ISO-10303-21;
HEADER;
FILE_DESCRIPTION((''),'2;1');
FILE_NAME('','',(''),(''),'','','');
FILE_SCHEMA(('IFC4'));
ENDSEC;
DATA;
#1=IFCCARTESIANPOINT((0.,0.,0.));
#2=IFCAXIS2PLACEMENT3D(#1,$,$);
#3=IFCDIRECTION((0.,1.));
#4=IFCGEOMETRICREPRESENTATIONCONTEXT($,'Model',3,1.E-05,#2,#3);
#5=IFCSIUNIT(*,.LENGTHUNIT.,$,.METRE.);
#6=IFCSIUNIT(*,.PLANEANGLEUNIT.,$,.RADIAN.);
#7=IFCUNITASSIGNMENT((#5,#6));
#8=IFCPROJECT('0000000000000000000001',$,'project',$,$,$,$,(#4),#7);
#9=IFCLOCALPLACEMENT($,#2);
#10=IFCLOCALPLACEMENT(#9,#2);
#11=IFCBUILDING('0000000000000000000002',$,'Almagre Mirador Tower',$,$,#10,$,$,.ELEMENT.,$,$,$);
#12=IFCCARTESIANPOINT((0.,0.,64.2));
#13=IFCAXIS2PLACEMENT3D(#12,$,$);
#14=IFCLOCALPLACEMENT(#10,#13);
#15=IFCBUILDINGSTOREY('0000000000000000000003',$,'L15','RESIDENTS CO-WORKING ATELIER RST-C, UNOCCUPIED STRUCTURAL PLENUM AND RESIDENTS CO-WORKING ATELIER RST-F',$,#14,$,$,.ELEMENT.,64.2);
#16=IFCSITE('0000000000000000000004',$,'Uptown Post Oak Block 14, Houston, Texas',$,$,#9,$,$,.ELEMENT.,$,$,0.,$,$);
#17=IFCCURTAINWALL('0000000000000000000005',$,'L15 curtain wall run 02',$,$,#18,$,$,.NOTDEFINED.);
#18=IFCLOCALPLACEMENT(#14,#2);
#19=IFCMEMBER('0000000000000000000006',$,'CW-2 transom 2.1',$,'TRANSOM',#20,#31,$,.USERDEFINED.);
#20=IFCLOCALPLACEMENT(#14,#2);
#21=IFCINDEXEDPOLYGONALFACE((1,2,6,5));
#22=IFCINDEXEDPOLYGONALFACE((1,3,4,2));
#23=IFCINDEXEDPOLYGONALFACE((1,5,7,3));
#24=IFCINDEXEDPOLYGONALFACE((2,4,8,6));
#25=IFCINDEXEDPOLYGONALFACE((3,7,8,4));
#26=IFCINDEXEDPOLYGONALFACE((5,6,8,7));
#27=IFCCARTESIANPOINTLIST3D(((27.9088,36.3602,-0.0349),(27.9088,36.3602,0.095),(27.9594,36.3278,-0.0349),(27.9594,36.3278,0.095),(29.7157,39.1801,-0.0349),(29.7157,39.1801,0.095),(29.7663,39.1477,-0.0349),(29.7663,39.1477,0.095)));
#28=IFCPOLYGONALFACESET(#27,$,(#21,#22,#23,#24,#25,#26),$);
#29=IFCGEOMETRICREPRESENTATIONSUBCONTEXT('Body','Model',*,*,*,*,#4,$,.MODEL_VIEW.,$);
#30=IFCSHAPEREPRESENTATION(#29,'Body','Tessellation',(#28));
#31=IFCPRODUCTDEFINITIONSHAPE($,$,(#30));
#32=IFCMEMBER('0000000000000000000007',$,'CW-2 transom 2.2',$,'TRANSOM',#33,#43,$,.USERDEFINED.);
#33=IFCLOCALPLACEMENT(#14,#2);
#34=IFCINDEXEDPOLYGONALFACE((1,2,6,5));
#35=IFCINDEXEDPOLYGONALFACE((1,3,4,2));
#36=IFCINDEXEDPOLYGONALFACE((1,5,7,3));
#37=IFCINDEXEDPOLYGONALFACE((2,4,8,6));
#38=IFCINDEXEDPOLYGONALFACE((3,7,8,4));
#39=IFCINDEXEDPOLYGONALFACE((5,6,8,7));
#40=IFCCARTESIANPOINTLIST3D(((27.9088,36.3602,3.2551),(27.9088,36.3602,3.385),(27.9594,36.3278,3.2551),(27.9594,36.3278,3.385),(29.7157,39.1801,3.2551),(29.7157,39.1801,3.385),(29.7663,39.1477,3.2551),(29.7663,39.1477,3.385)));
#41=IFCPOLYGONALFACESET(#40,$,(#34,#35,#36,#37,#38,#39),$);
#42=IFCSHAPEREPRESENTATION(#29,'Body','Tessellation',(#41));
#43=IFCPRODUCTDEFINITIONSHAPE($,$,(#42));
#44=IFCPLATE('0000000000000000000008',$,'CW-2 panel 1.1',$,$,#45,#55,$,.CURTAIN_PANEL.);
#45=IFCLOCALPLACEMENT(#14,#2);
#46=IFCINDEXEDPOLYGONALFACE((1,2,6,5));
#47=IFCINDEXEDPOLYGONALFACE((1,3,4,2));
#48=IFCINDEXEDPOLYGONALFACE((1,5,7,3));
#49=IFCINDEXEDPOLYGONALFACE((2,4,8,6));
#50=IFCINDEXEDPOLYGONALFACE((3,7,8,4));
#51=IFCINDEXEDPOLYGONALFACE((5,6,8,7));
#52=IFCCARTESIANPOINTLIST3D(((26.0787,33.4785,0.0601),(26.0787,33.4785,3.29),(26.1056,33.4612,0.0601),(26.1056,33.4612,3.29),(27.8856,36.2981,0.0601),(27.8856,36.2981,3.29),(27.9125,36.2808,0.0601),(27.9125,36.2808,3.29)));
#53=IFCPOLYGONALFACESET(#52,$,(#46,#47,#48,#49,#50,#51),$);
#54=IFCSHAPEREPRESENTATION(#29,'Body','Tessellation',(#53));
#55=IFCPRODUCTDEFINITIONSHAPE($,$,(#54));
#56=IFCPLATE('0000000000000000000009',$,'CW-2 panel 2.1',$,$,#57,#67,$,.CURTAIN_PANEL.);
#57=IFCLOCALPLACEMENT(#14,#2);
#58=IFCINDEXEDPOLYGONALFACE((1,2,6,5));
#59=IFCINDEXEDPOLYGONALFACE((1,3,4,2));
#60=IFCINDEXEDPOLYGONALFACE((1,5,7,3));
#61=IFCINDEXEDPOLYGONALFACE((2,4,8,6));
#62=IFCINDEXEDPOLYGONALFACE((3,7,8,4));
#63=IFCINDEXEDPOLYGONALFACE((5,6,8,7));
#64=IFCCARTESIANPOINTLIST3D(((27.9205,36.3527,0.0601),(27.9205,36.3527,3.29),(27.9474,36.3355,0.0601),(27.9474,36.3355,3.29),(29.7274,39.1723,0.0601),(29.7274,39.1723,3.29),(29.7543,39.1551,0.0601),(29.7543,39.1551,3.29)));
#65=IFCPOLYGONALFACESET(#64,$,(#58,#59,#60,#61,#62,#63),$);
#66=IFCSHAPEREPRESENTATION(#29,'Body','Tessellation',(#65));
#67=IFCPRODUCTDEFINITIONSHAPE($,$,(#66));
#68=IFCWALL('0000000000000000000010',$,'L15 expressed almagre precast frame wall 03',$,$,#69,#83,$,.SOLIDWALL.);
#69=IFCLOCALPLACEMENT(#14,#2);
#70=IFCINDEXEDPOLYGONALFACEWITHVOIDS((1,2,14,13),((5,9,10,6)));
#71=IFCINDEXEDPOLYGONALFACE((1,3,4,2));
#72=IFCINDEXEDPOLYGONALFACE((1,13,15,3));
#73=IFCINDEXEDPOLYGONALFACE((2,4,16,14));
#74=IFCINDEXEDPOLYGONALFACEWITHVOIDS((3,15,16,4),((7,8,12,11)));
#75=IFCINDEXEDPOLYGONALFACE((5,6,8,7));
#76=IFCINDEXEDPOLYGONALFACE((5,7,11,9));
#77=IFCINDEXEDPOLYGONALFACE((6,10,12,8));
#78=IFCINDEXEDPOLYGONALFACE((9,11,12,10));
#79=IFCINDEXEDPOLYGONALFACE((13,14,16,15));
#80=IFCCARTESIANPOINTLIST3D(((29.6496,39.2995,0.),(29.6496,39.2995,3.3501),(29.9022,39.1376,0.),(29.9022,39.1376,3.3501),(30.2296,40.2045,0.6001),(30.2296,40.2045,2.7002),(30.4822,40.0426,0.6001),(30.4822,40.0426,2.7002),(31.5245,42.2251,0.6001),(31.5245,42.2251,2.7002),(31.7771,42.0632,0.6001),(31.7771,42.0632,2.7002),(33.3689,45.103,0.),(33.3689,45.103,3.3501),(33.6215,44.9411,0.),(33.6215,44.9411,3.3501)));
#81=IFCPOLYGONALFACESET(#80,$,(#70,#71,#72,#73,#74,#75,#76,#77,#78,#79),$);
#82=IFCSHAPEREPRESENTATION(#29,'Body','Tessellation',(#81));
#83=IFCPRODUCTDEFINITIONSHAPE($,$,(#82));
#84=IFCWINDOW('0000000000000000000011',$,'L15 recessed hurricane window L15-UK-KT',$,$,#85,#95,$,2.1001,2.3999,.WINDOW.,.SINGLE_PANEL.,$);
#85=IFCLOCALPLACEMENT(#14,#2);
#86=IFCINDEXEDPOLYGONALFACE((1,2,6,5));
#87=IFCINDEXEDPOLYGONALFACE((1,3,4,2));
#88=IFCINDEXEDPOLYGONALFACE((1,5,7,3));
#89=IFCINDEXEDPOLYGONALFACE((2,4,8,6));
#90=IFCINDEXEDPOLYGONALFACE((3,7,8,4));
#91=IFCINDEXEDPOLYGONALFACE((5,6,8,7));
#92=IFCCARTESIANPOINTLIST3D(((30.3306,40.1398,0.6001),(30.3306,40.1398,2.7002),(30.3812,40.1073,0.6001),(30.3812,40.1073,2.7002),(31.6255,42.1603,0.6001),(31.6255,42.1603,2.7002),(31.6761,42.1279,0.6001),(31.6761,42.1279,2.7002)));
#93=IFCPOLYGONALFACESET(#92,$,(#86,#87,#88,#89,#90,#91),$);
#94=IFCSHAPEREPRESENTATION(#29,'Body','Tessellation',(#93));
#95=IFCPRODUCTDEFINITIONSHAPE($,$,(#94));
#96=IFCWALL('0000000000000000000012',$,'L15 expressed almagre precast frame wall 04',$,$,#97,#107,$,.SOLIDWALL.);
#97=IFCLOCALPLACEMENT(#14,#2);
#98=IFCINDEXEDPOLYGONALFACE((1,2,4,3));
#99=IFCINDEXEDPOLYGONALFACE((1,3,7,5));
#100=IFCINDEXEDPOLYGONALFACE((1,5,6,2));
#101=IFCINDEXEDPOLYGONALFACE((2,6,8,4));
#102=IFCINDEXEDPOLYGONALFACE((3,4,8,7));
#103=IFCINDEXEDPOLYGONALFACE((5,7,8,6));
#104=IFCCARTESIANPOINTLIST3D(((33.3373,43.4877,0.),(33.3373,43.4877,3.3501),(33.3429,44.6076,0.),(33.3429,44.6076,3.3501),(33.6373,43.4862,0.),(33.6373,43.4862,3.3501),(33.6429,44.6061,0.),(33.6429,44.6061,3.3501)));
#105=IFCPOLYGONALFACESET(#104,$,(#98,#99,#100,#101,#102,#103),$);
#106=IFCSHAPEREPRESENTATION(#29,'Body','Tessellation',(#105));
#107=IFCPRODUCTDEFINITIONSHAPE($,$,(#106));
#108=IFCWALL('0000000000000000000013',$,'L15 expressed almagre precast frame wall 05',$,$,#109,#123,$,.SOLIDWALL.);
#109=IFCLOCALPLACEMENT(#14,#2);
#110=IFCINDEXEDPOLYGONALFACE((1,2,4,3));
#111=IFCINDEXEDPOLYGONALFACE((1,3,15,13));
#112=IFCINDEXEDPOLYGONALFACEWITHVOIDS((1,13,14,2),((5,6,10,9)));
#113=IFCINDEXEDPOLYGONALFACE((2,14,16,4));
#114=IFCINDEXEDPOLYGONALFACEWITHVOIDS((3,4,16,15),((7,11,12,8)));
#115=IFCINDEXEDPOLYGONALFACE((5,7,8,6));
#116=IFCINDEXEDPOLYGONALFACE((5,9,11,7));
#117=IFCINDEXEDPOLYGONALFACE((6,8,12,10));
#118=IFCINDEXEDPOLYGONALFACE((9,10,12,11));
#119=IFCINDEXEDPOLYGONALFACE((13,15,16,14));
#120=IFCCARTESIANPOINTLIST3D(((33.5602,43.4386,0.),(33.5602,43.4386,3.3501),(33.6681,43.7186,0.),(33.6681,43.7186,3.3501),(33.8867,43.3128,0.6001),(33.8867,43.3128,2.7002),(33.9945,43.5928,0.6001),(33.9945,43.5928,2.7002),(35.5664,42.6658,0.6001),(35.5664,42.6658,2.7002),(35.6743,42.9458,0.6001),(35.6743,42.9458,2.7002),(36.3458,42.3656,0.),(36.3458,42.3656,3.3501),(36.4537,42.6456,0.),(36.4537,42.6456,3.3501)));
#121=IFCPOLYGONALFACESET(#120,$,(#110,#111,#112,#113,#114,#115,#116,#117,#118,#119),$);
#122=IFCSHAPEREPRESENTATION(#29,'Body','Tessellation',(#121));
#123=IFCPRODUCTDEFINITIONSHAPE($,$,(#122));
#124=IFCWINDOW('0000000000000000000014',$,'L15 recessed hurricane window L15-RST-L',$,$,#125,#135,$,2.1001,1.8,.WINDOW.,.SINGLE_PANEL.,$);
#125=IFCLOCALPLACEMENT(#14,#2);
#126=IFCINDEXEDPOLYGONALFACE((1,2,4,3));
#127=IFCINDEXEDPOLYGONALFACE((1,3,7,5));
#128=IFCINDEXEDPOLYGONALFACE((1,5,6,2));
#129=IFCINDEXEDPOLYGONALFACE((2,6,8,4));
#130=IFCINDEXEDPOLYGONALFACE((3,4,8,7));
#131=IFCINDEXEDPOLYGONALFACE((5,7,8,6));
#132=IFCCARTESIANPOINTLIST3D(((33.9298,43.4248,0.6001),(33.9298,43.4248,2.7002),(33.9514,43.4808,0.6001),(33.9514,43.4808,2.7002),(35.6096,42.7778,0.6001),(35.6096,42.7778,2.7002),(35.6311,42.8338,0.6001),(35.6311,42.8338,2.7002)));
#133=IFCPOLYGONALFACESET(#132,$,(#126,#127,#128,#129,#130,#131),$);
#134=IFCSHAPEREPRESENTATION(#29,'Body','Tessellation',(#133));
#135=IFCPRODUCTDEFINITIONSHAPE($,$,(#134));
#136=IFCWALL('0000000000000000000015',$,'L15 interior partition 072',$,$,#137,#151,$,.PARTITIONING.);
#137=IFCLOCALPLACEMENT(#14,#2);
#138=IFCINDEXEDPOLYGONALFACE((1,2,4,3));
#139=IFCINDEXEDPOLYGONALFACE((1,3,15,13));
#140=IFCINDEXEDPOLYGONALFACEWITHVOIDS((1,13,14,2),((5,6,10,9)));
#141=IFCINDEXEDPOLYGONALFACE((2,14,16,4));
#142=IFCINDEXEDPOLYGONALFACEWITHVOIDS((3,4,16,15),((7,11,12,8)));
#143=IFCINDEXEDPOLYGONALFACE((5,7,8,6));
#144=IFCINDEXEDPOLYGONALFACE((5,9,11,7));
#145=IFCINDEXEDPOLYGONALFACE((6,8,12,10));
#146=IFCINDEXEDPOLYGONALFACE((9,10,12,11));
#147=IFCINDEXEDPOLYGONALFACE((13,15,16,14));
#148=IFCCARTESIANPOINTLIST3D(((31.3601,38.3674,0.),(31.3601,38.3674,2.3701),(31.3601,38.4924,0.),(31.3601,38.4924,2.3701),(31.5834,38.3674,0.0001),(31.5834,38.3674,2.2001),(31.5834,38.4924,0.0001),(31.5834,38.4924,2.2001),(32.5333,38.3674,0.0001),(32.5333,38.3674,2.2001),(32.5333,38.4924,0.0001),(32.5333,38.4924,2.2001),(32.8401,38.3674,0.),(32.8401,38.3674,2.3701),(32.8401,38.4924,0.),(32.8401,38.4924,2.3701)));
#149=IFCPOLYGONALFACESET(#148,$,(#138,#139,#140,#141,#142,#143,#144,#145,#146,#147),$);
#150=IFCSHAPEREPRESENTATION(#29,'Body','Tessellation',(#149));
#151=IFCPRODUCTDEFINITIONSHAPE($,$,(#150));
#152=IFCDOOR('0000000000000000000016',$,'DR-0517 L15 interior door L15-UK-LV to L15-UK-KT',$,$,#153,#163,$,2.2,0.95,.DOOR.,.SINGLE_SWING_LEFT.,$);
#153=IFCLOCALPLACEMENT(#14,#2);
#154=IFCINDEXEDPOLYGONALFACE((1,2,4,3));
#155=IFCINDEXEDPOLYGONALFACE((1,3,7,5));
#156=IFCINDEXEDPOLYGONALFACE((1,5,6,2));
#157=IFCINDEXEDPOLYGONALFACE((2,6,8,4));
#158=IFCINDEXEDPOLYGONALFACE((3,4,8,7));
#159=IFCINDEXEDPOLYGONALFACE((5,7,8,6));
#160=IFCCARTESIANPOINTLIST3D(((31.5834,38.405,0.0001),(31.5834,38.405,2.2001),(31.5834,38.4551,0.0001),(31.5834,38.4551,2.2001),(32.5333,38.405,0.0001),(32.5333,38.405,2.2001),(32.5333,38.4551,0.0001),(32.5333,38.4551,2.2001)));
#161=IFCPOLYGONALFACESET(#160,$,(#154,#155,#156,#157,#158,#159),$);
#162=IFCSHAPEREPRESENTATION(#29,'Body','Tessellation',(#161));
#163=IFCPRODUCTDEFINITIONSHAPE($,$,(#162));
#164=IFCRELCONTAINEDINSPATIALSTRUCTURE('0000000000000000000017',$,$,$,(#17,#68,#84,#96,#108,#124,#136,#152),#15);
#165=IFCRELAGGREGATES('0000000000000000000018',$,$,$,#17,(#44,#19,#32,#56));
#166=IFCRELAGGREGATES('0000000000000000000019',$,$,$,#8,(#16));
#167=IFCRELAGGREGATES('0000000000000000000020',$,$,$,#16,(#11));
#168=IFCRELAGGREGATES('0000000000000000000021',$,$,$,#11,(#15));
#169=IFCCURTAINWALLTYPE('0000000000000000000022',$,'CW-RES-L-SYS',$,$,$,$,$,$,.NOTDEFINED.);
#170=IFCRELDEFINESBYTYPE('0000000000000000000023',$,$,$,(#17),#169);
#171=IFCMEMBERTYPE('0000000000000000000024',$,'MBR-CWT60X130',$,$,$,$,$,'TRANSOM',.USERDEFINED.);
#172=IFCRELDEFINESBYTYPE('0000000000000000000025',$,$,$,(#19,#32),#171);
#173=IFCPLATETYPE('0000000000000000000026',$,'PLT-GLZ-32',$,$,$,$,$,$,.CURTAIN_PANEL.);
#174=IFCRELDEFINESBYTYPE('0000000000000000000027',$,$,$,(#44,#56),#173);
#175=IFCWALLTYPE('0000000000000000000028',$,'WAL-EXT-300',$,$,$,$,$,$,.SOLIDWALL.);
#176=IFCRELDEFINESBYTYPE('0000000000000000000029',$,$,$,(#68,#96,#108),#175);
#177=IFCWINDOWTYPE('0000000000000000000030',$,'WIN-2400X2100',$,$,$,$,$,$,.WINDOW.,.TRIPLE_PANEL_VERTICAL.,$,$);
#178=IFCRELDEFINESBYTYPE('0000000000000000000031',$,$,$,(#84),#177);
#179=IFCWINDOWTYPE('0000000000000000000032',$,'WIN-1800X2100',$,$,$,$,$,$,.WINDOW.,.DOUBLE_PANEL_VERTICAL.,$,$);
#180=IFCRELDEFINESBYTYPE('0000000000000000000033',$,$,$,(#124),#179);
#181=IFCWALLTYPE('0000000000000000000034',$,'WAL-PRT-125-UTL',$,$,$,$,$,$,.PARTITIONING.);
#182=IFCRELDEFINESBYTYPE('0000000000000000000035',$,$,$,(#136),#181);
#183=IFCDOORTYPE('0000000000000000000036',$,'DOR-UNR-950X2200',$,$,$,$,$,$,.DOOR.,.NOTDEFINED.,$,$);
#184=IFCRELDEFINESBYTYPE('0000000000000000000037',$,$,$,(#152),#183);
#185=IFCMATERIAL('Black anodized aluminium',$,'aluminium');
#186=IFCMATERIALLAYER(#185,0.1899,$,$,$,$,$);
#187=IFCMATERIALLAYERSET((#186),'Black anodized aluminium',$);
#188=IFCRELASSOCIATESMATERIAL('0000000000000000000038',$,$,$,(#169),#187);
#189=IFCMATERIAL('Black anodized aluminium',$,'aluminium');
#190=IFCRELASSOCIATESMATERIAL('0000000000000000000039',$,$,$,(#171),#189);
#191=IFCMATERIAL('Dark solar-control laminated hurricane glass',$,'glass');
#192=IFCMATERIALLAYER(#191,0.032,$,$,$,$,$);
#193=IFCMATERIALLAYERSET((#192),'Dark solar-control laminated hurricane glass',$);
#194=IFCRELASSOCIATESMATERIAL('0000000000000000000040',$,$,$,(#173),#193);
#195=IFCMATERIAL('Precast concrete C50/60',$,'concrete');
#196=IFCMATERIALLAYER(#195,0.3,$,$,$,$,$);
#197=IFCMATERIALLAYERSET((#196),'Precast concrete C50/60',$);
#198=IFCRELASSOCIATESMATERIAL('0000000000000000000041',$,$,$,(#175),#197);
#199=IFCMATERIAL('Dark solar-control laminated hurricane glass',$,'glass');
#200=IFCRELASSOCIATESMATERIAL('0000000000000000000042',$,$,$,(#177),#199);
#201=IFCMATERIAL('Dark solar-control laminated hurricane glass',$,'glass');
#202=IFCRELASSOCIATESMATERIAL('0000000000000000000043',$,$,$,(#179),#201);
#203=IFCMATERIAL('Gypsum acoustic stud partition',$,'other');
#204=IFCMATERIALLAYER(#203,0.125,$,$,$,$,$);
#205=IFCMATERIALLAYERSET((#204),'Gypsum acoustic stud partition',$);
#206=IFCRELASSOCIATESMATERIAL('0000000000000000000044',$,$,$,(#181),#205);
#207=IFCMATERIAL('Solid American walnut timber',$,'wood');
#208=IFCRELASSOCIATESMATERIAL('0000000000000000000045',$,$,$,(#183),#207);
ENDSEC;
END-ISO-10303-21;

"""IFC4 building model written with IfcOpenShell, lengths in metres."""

from ifc_helpers import new_model, si_unit, direction, frame, frame_2d, origin, origin_2d, place, context, subcontext, project, spatial, rectangle, extrude, material, layer, layer_set, material_profile, profile_set, type_object, element, fill, aggregate, save


model = new_model("IFC4")

# Units and contexts
model_context = context("Model", 3, precision=1e-05, world=origin(), true_north=direction((0.0, 1.0)))
body_context = subcontext(model_context, "Body", "Model", "MODEL_VIEW")
ifc_project = project(units=[si_unit("LENGTHUNIT", "METRE"), si_unit("PLANEANGLEUNIT", "RADIAN")], contexts=[model_context])

# Site, building, storey
site_placement = place(None, origin())
site = spatial("IfcSite", under=ifc_project, at=site_placement, Name="Uptown Post Oak Block 14, Houston, Texas", CompositionType="ELEMENT", RefElevation=0.0)
building_placement = place(site_placement, origin())
building = spatial("IfcBuilding", under=site, at=building_placement, Name="Almagre Mirador Tower", CompositionType="ELEMENT")
storey_placement = place(building_placement, frame((0.0, 0.0, 64.2)))
storey = spatial("IfcBuildingStorey", under=building, at=storey_placement, Name="L15", Description="RESIDENTS CO-WORKING ATELIER RST-C, UNOCCUPIED STRUCTURAL PLENUM AND RESIDENTS CO-WORKING ATELIER RST-F", CompositionType="ELEMENT", Elevation=64.2)

# Curtain wall, members, plates
ifc_material_1 = material(Name="Black anodized aluminium", Category="aluminium")
ifc_layer_1 = layer(ifc_material_1, 0.1899)
ifc_layer_set_1 = layer_set([ifc_layer_1], Name="Black anodized aluminium")
curtain_wall_type = type_object("IfcCurtainWallType", Name="CW-RES-L-SYS", PredefinedType="NOTDEFINED", material=ifc_layer_set_1)
curtain_wall_placement = place(storey_placement, origin())
curtain_wall = element("IfcCurtainWall", 1, at=curtain_wall_placement, inside=storey, type_object=curtain_wall_type, Name="L15 curtain wall run 02", PredefinedType="NOTDEFINED")
ifc_material_2 = material(Name="Black anodized aluminium", Category="aluminium")
ifc_material_profile_1 = material_profile(ifc_material_2, rectangle(XDim=0.0601, YDim=0.1299, at=origin_2d()), Name="CWT60X130")
ifc_profile_set_1 = profile_set([ifc_material_profile_1], Name="Black anodized aluminium")
member_type_1 = type_object("IfcMemberType", Name="MBR-CWT60X130", ElementType="TRANSOM", PredefinedType="USERDEFINED", material=ifc_profile_set_1)
member_1_placement = place(storey_placement, frame((27.9341, 36.344, 0.03), z_axis=(0.539519, 0.841973, 0.0), x_axis=(-0.841973, 0.539519, 0.0)))
member_1 = element("IfcMember", 2, at=member_1_placement, type_object=member_type_1, Name="CW-2 transom 2.1", ObjectType="TRANSOM", PredefinedType="USERDEFINED", context=body_context, shape_type="SweptSolid", body=[
    extrude(rectangle(XDim=0.0601, YDim=0.1299, at=origin_2d()), origin(), (0.0, 0.0, 1.0), 3.3491),
])
member_2_placement = place(storey_placement, frame((27.9341, 36.344, 3.3201), z_axis=(0.539519, 0.841973, 0.0), x_axis=(-0.841973, 0.539519, 0.0)))
member_2 = element("IfcMember", 3, at=member_2_placement, type_object=member_type_1, Name="CW-2 transom 2.2", ObjectType="TRANSOM", PredefinedType="USERDEFINED", context=body_context, shape_type="SweptSolid", body=[
    extrude(rectangle(XDim=0.0601, YDim=0.1299, at=origin_2d()), origin(), (0.0, 0.0, 1.0), 3.3491),
])
ifc_material_3 = material(Name="Dark solar-control laminated hurricane glass", Category="glass")
ifc_layer_2 = layer(ifc_material_3, 0.032)
ifc_layer_set_2 = layer_set([ifc_layer_2], Name="Dark solar-control laminated hurricane glass")
plate_type = type_object("IfcPlateType", Name="PLT-GLZ-32", PredefinedType="CURTAIN_PANEL", material=ifc_layer_set_2)
plate_1_placement = place(storey_placement, frame((26.9956, 34.8796, 0.0601), z_axis=(0.0, 0.0, 1.0), x_axis=(0.539544, 0.841958, 0.0)))
plate_1 = element("IfcPlate", 4, at=plate_1_placement, type_object=plate_type, Name="CW-2 panel 1.1", PredefinedType="CURTAIN_PANEL", context=body_context, shape_type="SweptSolid", body=[
    extrude(rectangle(XDim=3.3489, YDim=0.032, at=origin_2d()), origin(), (0.0, 0.0, 1.0), 3.23),
])
plate_2_placement = place(storey_placement, frame((28.8374, 37.7539, 0.0601), z_axis=(0.0, 0.0, 1.0), x_axis=(0.539544, 0.841958, 0.0)))
plate_2 = element("IfcPlate", 5, at=plate_2_placement, type_object=plate_type, Name="CW-2 panel 2.1", PredefinedType="CURTAIN_PANEL", context=body_context, shape_type="SweptSolid", body=[
    extrude(rectangle(XDim=3.3489, YDim=0.032, at=origin_2d()), origin(), (0.0, 0.0, 1.0), 3.23),
])
aggregate(curtain_wall, [plate_1, member_1, member_2, plate_2])

# Wall, opening, window
ifc_material_4 = material(Name="Precast concrete C50/60", Category="concrete")
ifc_layer_3 = layer(ifc_material_4, 0.3)
ifc_layer_set_3 = layer_set([ifc_layer_3], Name="Precast concrete C50/60")
wall_type_1 = type_object("IfcWallType", Name="WAL-EXT-300", PredefinedType="SOLIDWALL", material=ifc_layer_set_3)
wall_1_placement = place(storey_placement, frame((29.7759, 39.2185, 0.0), z_axis=(0.0, 0.0, 1.0), x_axis=(0.53957, 0.841941, 0.0)))
wall_1 = element("IfcWall", 6, at=wall_1_placement, inside=storey, type_object=wall_type_1, Name="L15 expressed almagre precast frame wall 03", PredefinedType="SOLIDWALL", context=body_context, shape_type="SweptSolid", body=[
    extrude(rectangle(XDim=6.8931, YDim=0.3, at=frame_2d((3.4465, 0.0))), origin(), (0.0, 0.0, 1.0), 3.3501),
])
opening_1_placement = place(wall_1_placement, frame((1.075, 0.0, 0.6001)))
opening_1 = element("IfcOpeningElement", 7, at=opening_1_placement, cuts=wall_1, PredefinedType="OPENING", context=body_context, shape_type="SweptSolid", body=[
    extrude(rectangle(XDim=2.3999, YDim=2.1001, at=frame_2d((1.2, 1.05))), frame((0.0, 0.1599, 0.0), z_axis=(0.0, -1.0, 0.0), x_axis=(1.0, 0.0, 0.0)), (0.0, 0.0, 1.0), 0.32),
])
ifc_material_5 = material(Name="Dark solar-control laminated hurricane glass", Category="glass")
window_type_1 = type_object("IfcWindowType", Name="WIN-2400X2100", PartitioningType="TRIPLE_PANEL_VERTICAL", PredefinedType="WINDOW", material=ifc_material_5)
window_1_placement = place(opening_1_placement, origin())
window_1 = element("IfcWindow", 8, at=window_1_placement, inside=storey, type_object=window_type_1, Name="L15 recessed hurricane window L15-UK-KT", OverallHeight=2.1001, OverallWidth=2.3999, PartitioningType="SINGLE_PANEL", PredefinedType="WINDOW", context=body_context, shape_type="SweptSolid", body=[
    extrude(rectangle(XDim=2.3999, YDim=2.1001, at=frame_2d((1.2, 1.05))), frame((0.0, 0.03, 0.0), z_axis=(0.0, -1.0, 0.0), x_axis=(1.0, 0.0, 0.0)), (0.0, 0.0, 1.0), 0.0601),
])
fill(opening_1, window_1)

# Wall
wall_2_placement = place(storey_placement, frame((33.4929, 44.6069, 0.0), z_axis=(0.0, 0.0, 1.0), x_axis=(-0.005014, -0.999987, 0.0)))
element("IfcWall", 9, at=wall_2_placement, inside=storey, type_object=wall_type_1, Name="L15 expressed almagre precast frame wall 04", PredefinedType="SOLIDWALL", context=body_context, shape_type="SweptSolid", body=[
    extrude(rectangle(XDim=1.1199, YDim=0.3, at=frame_2d((0.5601, 0.0))), origin(), (0.0, 0.0, 1.0), 3.3501),
])

# Wall, opening, window
wall_3_placement = place(storey_placement, frame((33.614, 43.5786, 0.0), z_axis=(0.0, 0.0, 1.0), x_axis=(0.933166, -0.359445, 0.0)))
wall_3 = element("IfcWall", 10, at=wall_3_placement, inside=storey, type_object=wall_type_1, Name="L15 expressed almagre precast frame wall 05", PredefinedType="SOLIDWALL", context=body_context, shape_type="SweptSolid", body=[
    extrude(rectangle(XDim=2.9851, YDim=0.3, at=frame_2d((1.4927, 0.0))), origin(), (0.0, 0.0, 1.0), 3.3501),
])
opening_2_placement = place(wall_3_placement, frame((0.3501, 0.0, 0.6001)))
opening_2 = element("IfcOpeningElement", 11, at=opening_2_placement, cuts=wall_3, PredefinedType="OPENING", context=body_context, shape_type="SweptSolid", body=[
    extrude(rectangle(XDim=1.8, YDim=2.1001, at=frame_2d((0.8999, 1.05))), frame((0.0, 0.1599, 0.0), z_axis=(0.0, -1.0, 0.0), x_axis=(1.0, 0.0, 0.0)), (0.0, 0.0, 1.0), 0.32),
])
ifc_material_6 = material(Name="Dark solar-control laminated hurricane glass", Category="glass")
window_type_2 = type_object("IfcWindowType", Name="WIN-1800X2100", PartitioningType="DOUBLE_PANEL_VERTICAL", PredefinedType="WINDOW", material=ifc_material_6)
window_2_placement = place(opening_2_placement, origin())
window_2 = element("IfcWindow", 12, at=window_2_placement, inside=storey, type_object=window_type_2, Name="L15 recessed hurricane window L15-RST-L", OverallHeight=2.1001, OverallWidth=1.8, PartitioningType="SINGLE_PANEL", PredefinedType="WINDOW", context=body_context, shape_type="SweptSolid", body=[
    extrude(rectangle(XDim=1.8, YDim=2.1001, at=frame_2d((0.8999, 1.05))), frame((0.0, 0.03, 0.0), z_axis=(0.0, -1.0, 0.0), x_axis=(1.0, 0.0, 0.0)), (0.0, 0.0, 1.0), 0.0601),
])
fill(opening_2, window_2)

# Wall, opening, door
ifc_material_7 = material(Name="Gypsum acoustic stud partition", Category="other")
ifc_layer_4 = layer(ifc_material_7, 0.125)
ifc_layer_set_4 = layer_set([ifc_layer_4], Name="Gypsum acoustic stud partition")
wall_type_2 = type_object("IfcWallType", Name="WAL-PRT-125-UTL", PredefinedType="PARTITIONING", material=ifc_layer_set_4)
wall_4_placement = place(storey_placement, frame((32.8401, 38.4299, 0.0), z_axis=(0.0, 0.0, 1.0), x_axis=(-1.0, 0.0, 0.0)))
wall_4 = element("IfcWall", 13, at=wall_4_placement, inside=storey, type_object=wall_type_2, Name="L15 interior partition 072", PredefinedType="PARTITIONING", context=body_context, shape_type="SweptSolid", body=[
    extrude(rectangle(XDim=1.48, YDim=0.125, at=frame_2d((0.74, 0.0))), origin(), (0.0, 0.0, 1.0), 2.3701),
])
opening_3_placement = place(wall_4_placement, frame((0.3066, 0.0, 0.0)))
opening_3 = element("IfcOpeningElement", 14, at=opening_3_placement, cuts=wall_4, PredefinedType="OPENING", context=body_context, shape_type="SweptSolid", body=[
    extrude(rectangle(XDim=0.95, YDim=2.2, at=frame_2d((0.4751, 1.1001))), frame((0.0, 0.0725, 0.0), z_axis=(0.0, -1.0, 0.0), x_axis=(1.0, 0.0, 0.0)), (0.0, 0.0, 1.0), 0.145),
])
ifc_material_8 = material(Name="Solid American walnut timber", Category="wood")
door_type = type_object("IfcDoorType", Name="DOR-UNR-950X2200", OperationType="NOTDEFINED", PredefinedType="DOOR", material=ifc_material_8)
door_placement = place(opening_3_placement, origin())
door = element("IfcDoor", 15, at=door_placement, inside=storey, type_object=door_type, Name="DR-0517 L15 interior door L15-UK-LV to L15-UK-KT", OperationType="SINGLE_SWING_LEFT", OverallHeight=2.2, OverallWidth=0.95, PredefinedType="DOOR", context=body_context, shape_type="SweptSolid", body=[
    extrude(rectangle(XDim=0.95, YDim=2.2, at=frame_2d((0.4751, 1.1001))), frame((0.0, 0.0249, 0.0), z_axis=(0.0, -1.0, 0.0), x_axis=(1.0, 0.0, 0.0)), (0.0, 0.0, 1.0), 0.05),
])
fill(opening_3, door)

save(model, "model.ifc")
